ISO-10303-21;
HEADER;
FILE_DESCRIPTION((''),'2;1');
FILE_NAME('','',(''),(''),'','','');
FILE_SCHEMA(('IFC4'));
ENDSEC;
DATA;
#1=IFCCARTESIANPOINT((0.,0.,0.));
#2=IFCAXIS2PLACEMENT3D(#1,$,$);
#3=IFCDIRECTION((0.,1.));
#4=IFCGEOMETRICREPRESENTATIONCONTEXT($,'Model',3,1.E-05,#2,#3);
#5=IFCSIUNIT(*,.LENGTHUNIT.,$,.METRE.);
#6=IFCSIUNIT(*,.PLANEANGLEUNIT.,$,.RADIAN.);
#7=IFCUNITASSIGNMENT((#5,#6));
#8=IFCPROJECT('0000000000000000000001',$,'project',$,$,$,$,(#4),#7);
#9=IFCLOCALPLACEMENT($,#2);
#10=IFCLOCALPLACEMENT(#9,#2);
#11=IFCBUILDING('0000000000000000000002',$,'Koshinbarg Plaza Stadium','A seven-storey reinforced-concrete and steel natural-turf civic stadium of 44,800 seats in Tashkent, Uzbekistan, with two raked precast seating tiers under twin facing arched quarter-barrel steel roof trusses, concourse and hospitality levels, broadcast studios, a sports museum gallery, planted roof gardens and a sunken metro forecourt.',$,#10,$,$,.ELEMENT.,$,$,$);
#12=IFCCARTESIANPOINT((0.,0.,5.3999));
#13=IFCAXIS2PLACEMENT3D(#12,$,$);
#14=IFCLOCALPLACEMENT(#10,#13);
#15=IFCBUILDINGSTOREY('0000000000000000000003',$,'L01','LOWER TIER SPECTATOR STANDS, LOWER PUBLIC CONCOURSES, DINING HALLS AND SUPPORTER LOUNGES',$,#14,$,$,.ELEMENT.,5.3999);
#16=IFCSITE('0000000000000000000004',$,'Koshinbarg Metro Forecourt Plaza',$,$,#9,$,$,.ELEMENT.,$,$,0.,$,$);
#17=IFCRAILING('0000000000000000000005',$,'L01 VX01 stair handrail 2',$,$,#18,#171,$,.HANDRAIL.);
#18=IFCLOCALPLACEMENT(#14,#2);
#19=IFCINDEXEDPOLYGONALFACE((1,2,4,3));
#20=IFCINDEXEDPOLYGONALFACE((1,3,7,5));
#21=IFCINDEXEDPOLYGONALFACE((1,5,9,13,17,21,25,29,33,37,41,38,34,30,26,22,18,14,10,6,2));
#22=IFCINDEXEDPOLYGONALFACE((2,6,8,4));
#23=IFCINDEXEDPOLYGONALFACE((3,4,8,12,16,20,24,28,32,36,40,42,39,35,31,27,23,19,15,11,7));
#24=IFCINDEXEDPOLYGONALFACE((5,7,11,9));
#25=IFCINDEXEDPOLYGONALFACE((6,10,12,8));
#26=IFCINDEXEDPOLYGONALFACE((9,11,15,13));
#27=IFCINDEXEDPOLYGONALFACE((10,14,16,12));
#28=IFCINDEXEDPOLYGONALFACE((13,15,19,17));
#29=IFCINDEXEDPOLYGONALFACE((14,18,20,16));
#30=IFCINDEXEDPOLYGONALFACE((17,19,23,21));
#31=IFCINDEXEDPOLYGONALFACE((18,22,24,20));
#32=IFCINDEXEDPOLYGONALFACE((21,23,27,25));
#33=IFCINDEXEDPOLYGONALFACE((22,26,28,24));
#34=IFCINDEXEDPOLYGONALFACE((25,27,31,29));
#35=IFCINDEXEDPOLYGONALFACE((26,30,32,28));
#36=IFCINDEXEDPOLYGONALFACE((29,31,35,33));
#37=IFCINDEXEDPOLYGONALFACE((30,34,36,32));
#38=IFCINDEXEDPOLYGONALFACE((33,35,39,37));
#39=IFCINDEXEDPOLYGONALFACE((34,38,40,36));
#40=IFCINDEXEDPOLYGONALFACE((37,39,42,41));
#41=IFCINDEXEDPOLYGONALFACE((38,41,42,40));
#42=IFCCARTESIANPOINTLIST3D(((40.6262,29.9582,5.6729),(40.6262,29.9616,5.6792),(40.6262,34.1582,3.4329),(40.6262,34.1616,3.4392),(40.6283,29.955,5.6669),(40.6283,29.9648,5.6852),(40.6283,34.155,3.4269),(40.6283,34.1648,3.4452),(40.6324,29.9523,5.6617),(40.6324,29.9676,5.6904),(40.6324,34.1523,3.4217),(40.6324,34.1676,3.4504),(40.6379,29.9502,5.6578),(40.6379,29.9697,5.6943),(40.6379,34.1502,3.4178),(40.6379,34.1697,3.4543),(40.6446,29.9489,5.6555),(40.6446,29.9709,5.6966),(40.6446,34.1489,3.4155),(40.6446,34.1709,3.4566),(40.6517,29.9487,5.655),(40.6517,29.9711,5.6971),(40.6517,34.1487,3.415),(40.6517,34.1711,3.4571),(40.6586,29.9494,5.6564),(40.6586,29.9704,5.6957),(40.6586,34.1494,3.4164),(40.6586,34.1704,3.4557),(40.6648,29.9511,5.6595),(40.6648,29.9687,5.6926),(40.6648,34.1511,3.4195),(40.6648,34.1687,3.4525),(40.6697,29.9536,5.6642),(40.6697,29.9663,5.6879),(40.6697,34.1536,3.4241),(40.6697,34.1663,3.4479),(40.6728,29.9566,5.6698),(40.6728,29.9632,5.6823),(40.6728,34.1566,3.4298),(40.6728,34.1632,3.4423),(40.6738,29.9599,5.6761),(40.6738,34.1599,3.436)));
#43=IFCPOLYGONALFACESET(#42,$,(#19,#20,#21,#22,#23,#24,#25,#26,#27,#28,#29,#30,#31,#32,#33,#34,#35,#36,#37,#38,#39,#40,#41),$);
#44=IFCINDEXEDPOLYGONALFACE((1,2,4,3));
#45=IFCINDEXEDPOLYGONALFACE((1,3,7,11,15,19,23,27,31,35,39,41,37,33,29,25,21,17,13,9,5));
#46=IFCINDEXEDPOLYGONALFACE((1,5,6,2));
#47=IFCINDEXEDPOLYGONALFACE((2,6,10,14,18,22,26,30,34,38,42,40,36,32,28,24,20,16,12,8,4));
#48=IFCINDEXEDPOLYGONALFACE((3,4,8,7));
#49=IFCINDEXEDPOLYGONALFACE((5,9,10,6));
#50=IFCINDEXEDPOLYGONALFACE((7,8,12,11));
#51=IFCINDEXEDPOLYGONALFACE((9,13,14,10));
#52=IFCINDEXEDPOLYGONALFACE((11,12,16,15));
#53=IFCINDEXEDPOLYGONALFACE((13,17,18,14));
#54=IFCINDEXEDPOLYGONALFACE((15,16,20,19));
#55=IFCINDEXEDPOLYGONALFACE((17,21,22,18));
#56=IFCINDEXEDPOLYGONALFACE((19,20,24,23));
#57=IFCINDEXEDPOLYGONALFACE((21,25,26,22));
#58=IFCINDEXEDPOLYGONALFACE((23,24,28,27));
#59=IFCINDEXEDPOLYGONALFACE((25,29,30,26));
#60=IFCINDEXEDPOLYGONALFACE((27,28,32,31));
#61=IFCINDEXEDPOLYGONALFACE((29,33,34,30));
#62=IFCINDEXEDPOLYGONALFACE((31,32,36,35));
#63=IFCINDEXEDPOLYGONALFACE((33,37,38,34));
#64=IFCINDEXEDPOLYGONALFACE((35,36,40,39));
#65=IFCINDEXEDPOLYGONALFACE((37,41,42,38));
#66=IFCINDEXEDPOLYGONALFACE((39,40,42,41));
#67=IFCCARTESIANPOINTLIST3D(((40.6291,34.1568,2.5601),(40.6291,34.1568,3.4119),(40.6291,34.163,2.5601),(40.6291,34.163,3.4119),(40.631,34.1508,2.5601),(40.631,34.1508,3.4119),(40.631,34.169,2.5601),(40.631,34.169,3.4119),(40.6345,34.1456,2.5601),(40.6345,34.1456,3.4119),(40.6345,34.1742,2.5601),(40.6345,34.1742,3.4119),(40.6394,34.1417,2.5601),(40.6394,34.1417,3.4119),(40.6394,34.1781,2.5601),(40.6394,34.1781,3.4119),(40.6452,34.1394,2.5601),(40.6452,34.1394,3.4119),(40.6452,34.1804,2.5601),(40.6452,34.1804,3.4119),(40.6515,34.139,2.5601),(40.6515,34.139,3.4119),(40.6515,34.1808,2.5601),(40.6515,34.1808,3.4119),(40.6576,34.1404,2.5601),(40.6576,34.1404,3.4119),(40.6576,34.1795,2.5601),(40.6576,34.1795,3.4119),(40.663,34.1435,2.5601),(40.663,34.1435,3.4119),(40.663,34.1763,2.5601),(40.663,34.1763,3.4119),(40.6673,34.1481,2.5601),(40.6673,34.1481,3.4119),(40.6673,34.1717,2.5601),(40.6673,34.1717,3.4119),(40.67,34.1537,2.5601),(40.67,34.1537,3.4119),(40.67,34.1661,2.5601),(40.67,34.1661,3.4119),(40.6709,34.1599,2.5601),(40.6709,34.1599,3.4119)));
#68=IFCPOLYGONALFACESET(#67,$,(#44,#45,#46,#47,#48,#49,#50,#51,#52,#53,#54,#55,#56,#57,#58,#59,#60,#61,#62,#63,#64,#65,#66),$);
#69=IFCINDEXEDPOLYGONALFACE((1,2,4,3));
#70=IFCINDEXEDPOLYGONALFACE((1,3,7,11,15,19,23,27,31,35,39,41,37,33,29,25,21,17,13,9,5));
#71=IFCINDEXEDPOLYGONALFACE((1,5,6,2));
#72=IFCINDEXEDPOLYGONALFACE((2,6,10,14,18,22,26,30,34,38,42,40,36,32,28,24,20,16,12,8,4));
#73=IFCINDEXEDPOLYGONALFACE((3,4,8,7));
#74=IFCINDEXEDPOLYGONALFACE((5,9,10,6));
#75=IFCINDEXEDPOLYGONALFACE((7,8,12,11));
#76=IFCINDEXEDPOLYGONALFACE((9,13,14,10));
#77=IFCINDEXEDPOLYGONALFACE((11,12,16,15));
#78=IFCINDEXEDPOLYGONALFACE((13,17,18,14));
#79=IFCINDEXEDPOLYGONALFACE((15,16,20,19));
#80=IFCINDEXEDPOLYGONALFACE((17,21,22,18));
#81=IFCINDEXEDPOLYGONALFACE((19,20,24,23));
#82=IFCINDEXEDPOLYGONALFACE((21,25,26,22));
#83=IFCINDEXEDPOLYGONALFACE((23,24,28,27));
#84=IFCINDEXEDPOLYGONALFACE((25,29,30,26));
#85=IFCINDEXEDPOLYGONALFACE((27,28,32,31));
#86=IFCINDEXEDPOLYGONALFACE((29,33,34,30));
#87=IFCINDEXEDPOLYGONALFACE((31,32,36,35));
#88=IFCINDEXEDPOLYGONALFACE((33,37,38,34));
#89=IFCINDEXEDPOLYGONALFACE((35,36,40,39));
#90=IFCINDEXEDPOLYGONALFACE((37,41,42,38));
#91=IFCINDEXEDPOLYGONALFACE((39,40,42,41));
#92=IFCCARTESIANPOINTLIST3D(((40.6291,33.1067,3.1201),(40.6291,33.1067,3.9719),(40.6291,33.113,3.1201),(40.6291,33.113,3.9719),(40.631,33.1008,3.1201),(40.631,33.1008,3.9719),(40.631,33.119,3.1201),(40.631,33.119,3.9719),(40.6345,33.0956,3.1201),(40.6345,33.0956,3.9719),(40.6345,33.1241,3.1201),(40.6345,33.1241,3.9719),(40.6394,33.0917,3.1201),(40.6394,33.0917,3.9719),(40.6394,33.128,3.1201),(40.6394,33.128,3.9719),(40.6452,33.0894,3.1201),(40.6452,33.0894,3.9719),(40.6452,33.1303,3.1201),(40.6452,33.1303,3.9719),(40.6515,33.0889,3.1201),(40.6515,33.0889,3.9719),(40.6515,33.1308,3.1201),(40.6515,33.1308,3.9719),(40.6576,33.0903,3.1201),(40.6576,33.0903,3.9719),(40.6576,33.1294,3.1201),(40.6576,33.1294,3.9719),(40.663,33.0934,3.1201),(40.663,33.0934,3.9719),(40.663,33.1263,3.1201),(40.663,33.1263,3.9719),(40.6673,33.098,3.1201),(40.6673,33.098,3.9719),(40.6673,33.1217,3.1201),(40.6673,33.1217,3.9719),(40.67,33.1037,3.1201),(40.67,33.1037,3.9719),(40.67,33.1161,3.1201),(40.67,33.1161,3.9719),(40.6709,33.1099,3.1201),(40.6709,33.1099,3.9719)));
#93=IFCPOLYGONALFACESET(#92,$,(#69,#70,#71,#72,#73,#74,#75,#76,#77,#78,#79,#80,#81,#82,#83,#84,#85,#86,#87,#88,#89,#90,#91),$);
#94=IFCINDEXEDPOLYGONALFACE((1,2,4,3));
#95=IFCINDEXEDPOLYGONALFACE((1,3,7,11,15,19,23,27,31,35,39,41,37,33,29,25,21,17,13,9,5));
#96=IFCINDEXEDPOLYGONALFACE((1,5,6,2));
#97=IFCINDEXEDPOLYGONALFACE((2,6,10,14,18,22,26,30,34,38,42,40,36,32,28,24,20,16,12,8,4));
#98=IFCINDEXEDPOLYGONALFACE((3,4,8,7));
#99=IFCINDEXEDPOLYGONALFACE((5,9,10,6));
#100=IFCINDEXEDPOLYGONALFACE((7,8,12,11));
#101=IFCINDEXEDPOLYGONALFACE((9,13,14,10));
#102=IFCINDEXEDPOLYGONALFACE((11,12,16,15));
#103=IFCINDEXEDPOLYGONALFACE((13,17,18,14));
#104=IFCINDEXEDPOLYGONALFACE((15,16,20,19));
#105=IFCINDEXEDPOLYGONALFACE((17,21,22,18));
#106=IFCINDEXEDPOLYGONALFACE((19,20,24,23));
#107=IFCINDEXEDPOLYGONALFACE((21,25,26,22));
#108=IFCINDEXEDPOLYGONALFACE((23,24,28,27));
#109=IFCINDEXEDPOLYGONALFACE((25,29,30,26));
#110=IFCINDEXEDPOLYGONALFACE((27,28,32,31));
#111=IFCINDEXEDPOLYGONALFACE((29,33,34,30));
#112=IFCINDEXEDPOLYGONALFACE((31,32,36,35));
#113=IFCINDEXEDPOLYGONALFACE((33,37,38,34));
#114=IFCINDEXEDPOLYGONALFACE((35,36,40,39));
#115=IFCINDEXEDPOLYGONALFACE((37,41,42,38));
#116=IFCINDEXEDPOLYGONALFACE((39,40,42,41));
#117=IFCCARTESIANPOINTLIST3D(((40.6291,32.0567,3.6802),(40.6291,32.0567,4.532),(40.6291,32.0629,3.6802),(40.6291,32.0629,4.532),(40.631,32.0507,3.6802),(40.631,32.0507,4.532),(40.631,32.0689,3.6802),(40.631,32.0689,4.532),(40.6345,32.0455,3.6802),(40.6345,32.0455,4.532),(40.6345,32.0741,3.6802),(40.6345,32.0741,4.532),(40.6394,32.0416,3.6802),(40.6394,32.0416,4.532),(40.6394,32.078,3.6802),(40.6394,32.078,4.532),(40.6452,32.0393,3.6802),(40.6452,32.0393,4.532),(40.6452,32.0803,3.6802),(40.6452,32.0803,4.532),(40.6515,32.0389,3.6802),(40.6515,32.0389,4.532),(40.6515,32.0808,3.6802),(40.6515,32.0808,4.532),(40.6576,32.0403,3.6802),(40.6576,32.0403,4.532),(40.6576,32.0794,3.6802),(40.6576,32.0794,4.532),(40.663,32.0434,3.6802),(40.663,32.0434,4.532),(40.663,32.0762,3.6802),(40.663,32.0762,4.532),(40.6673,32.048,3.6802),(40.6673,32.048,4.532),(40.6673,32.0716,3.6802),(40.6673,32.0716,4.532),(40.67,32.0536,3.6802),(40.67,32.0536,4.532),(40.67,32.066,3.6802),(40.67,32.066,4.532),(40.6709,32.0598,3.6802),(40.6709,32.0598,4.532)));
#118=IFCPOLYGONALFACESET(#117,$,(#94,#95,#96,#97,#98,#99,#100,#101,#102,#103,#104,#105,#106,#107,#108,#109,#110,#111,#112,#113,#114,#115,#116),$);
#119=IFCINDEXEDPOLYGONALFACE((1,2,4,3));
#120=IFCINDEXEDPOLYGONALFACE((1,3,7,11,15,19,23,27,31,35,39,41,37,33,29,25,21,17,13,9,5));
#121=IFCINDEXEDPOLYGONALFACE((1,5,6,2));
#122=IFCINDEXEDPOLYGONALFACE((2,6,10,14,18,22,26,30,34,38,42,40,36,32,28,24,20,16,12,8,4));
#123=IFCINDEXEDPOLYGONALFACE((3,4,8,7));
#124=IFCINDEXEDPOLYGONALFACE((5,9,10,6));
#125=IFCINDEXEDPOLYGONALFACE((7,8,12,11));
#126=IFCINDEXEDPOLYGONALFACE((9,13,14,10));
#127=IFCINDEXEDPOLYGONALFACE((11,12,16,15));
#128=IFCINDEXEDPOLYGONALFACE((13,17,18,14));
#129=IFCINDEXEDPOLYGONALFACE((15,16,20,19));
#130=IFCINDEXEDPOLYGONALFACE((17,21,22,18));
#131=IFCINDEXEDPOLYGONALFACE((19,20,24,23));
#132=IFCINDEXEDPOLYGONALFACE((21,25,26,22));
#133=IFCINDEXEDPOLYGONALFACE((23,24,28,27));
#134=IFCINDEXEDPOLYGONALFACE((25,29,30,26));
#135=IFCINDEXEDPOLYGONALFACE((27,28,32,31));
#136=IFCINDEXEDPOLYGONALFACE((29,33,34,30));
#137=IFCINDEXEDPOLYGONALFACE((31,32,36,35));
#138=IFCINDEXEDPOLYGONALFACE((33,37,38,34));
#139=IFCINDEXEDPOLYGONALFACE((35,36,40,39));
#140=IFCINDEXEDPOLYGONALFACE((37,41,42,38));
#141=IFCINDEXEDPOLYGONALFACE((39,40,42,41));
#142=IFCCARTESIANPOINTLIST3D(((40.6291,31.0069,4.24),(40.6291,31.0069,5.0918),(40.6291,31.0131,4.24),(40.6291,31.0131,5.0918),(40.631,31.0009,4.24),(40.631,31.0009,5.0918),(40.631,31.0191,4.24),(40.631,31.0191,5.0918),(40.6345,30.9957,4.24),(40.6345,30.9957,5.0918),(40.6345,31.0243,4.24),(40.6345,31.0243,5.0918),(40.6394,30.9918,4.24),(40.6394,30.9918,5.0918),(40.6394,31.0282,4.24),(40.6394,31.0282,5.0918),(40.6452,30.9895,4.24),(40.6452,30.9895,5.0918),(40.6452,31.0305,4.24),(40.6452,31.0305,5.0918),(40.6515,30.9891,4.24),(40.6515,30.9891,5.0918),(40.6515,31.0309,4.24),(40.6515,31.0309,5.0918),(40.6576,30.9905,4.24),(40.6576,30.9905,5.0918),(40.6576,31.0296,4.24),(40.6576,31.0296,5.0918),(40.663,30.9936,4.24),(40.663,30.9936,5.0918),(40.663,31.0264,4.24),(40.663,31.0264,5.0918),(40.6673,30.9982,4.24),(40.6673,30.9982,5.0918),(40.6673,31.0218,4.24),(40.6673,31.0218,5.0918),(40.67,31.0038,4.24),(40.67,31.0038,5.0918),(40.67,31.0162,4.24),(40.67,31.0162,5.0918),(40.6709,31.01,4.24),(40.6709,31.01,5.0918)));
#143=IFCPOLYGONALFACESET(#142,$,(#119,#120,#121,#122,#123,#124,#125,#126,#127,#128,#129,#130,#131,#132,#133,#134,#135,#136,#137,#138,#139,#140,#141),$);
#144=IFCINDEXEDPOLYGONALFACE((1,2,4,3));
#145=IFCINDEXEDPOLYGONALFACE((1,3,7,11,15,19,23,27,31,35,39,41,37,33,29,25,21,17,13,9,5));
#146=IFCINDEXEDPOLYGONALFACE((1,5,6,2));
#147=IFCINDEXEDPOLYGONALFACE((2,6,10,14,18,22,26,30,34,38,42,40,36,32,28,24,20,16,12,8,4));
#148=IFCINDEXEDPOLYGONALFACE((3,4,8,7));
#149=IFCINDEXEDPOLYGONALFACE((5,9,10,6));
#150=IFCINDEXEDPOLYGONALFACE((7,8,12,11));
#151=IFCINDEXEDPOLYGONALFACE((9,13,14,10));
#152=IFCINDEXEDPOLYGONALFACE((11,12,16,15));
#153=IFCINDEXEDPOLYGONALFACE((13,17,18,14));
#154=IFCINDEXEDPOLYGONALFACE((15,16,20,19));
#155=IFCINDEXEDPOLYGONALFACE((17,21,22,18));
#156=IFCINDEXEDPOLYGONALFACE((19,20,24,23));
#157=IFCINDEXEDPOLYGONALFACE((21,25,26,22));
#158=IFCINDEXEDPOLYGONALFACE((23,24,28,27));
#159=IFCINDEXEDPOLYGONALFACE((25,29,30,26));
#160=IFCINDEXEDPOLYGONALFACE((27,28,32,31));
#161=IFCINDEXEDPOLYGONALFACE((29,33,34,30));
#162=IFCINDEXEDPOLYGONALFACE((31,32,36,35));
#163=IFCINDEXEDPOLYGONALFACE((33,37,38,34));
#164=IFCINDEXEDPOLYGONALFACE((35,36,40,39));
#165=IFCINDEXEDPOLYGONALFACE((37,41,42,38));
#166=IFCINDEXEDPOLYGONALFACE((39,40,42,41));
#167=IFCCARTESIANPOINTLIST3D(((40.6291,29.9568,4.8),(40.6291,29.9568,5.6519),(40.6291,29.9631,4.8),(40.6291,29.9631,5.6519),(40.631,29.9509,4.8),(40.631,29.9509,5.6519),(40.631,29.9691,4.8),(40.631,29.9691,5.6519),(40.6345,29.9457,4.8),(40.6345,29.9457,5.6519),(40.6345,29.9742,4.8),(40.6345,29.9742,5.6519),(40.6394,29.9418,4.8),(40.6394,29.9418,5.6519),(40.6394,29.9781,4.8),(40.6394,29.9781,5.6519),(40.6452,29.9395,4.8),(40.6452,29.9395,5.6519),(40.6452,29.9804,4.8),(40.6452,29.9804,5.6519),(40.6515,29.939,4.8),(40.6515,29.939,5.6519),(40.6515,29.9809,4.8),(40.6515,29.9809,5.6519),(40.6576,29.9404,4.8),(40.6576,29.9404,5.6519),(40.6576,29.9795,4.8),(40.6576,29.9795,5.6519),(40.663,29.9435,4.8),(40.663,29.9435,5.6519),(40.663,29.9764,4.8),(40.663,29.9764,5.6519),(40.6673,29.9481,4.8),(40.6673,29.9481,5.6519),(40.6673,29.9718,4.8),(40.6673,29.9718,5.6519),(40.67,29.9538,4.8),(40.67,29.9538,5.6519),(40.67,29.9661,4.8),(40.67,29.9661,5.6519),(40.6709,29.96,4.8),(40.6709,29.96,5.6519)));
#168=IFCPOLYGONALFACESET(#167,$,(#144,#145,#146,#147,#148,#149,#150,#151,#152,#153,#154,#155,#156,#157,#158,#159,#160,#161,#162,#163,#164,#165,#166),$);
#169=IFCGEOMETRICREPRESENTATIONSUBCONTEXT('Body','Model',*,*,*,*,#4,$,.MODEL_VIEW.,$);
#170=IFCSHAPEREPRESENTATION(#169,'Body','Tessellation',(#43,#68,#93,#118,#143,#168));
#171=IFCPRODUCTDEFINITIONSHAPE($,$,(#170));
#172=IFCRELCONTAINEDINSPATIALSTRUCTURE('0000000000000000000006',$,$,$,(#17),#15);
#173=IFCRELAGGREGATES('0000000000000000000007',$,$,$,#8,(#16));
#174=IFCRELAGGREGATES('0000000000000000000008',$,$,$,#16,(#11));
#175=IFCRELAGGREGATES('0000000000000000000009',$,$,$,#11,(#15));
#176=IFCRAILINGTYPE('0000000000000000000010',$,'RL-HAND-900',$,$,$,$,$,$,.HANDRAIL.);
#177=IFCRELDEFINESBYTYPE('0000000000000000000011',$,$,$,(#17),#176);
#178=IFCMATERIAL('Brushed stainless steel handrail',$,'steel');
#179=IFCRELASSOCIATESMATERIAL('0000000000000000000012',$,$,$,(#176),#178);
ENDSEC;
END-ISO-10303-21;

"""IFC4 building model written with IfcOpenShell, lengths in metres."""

from ifc_helpers import new_model, si_unit, direction, frame, origin, origin_2d, place, context, subcontext, project, spatial, circle, extrude, material, type_object, element, save


model = new_model("IFC4")

# Units and contexts
model_context = context("Model", 3, precision=1e-05, world=origin(), true_north=direction((0.0, 1.0)))
body_context = subcontext(model_context, "Body", "Model", "MODEL_VIEW")
ifc_project = project(units=[si_unit("LENGTHUNIT", "METRE"), si_unit("PLANEANGLEUNIT", "RADIAN")], contexts=[model_context])

# Site, building, storey
site_placement = place(None, origin())
site = spatial("IfcSite", under=ifc_project, at=site_placement, Name="Koshinbarg Metro Forecourt Plaza", CompositionType="ELEMENT", RefElevation=0.0)
building_placement = place(site_placement, origin())
building = spatial("IfcBuilding", under=site, at=building_placement, Name="Koshinbarg Plaza Stadium", Description="A seven-storey reinforced-concrete and steel natural-turf civic stadium of 44,800 seats in Tashkent, Uzbekistan, with two raked precast seating tiers under twin facing arched quarter-barrel steel roof trusses, concourse and hospitality levels, broadcast studios, a sports museum gallery, planted roof gardens and a sunken metro forecourt.", CompositionType="ELEMENT")
storey_placement = place(building_placement, frame((0.0, 0.0, 5.3999)))
storey = spatial("IfcBuildingStorey", under=building, at=storey_placement, Name="L01", Description="LOWER TIER SPECTATOR STANDS, LOWER PUBLIC CONCOURSES, DINING HALLS AND SUPPORTER LOUNGES", CompositionType="ELEMENT", Elevation=5.3999)

# Railing
ifc_material_1 = material(Name="Brushed stainless steel handrail", Category="steel")
railing_type_1 = type_object("IfcRailingType", Name="RL-HAND-900", PredefinedType="HANDRAIL", material=ifc_material_1)
railing_1_placement = place(storey_placement, frame((40.6499, 34.1599, 2.5601)))
element("IfcRailing", 1, at=railing_1_placement, inside=storey, type_object=railing_type_1, Name="L01 VX01 stair handrail 2", PredefinedType="HANDRAIL", context=body_context, shape_type="SweptSolid", body=[
    extrude(circle(Radius=0.0239, at=origin_2d()), frame((0.0, 0.0, 0.876), z_axis=(0.0, -0.882352, 0.470591), x_axis=(1.0, 0.0, 0.0)), (0.0, 0.0, 1.0), 4.76),
    extrude(circle(Radius=0.021, at=origin_2d()), origin(), (0.0, 0.0, 1.0), 0.8518),
    extrude(circle(Radius=0.021, at=origin_2d()), frame((0.0, -1.05, 0.5601)), (0.0, 0.0, 1.0), 0.8518),
    extrude(circle(Radius=0.021, at=origin_2d()), frame((0.0, -2.1001, 1.1201)), (0.0, 0.0, 1.0), 0.8518),
    extrude(circle(Radius=0.021, at=origin_2d()), frame((0.0, -3.1499, 1.6799)), (0.0, 0.0, 1.0), 0.8518),
    extrude(circle(Radius=0.021, at=origin_2d()), frame((0.0, -4.2, 2.24)), (0.0, 0.0, 1.0), 0.8518),
])

save(model, "model.ifc")
